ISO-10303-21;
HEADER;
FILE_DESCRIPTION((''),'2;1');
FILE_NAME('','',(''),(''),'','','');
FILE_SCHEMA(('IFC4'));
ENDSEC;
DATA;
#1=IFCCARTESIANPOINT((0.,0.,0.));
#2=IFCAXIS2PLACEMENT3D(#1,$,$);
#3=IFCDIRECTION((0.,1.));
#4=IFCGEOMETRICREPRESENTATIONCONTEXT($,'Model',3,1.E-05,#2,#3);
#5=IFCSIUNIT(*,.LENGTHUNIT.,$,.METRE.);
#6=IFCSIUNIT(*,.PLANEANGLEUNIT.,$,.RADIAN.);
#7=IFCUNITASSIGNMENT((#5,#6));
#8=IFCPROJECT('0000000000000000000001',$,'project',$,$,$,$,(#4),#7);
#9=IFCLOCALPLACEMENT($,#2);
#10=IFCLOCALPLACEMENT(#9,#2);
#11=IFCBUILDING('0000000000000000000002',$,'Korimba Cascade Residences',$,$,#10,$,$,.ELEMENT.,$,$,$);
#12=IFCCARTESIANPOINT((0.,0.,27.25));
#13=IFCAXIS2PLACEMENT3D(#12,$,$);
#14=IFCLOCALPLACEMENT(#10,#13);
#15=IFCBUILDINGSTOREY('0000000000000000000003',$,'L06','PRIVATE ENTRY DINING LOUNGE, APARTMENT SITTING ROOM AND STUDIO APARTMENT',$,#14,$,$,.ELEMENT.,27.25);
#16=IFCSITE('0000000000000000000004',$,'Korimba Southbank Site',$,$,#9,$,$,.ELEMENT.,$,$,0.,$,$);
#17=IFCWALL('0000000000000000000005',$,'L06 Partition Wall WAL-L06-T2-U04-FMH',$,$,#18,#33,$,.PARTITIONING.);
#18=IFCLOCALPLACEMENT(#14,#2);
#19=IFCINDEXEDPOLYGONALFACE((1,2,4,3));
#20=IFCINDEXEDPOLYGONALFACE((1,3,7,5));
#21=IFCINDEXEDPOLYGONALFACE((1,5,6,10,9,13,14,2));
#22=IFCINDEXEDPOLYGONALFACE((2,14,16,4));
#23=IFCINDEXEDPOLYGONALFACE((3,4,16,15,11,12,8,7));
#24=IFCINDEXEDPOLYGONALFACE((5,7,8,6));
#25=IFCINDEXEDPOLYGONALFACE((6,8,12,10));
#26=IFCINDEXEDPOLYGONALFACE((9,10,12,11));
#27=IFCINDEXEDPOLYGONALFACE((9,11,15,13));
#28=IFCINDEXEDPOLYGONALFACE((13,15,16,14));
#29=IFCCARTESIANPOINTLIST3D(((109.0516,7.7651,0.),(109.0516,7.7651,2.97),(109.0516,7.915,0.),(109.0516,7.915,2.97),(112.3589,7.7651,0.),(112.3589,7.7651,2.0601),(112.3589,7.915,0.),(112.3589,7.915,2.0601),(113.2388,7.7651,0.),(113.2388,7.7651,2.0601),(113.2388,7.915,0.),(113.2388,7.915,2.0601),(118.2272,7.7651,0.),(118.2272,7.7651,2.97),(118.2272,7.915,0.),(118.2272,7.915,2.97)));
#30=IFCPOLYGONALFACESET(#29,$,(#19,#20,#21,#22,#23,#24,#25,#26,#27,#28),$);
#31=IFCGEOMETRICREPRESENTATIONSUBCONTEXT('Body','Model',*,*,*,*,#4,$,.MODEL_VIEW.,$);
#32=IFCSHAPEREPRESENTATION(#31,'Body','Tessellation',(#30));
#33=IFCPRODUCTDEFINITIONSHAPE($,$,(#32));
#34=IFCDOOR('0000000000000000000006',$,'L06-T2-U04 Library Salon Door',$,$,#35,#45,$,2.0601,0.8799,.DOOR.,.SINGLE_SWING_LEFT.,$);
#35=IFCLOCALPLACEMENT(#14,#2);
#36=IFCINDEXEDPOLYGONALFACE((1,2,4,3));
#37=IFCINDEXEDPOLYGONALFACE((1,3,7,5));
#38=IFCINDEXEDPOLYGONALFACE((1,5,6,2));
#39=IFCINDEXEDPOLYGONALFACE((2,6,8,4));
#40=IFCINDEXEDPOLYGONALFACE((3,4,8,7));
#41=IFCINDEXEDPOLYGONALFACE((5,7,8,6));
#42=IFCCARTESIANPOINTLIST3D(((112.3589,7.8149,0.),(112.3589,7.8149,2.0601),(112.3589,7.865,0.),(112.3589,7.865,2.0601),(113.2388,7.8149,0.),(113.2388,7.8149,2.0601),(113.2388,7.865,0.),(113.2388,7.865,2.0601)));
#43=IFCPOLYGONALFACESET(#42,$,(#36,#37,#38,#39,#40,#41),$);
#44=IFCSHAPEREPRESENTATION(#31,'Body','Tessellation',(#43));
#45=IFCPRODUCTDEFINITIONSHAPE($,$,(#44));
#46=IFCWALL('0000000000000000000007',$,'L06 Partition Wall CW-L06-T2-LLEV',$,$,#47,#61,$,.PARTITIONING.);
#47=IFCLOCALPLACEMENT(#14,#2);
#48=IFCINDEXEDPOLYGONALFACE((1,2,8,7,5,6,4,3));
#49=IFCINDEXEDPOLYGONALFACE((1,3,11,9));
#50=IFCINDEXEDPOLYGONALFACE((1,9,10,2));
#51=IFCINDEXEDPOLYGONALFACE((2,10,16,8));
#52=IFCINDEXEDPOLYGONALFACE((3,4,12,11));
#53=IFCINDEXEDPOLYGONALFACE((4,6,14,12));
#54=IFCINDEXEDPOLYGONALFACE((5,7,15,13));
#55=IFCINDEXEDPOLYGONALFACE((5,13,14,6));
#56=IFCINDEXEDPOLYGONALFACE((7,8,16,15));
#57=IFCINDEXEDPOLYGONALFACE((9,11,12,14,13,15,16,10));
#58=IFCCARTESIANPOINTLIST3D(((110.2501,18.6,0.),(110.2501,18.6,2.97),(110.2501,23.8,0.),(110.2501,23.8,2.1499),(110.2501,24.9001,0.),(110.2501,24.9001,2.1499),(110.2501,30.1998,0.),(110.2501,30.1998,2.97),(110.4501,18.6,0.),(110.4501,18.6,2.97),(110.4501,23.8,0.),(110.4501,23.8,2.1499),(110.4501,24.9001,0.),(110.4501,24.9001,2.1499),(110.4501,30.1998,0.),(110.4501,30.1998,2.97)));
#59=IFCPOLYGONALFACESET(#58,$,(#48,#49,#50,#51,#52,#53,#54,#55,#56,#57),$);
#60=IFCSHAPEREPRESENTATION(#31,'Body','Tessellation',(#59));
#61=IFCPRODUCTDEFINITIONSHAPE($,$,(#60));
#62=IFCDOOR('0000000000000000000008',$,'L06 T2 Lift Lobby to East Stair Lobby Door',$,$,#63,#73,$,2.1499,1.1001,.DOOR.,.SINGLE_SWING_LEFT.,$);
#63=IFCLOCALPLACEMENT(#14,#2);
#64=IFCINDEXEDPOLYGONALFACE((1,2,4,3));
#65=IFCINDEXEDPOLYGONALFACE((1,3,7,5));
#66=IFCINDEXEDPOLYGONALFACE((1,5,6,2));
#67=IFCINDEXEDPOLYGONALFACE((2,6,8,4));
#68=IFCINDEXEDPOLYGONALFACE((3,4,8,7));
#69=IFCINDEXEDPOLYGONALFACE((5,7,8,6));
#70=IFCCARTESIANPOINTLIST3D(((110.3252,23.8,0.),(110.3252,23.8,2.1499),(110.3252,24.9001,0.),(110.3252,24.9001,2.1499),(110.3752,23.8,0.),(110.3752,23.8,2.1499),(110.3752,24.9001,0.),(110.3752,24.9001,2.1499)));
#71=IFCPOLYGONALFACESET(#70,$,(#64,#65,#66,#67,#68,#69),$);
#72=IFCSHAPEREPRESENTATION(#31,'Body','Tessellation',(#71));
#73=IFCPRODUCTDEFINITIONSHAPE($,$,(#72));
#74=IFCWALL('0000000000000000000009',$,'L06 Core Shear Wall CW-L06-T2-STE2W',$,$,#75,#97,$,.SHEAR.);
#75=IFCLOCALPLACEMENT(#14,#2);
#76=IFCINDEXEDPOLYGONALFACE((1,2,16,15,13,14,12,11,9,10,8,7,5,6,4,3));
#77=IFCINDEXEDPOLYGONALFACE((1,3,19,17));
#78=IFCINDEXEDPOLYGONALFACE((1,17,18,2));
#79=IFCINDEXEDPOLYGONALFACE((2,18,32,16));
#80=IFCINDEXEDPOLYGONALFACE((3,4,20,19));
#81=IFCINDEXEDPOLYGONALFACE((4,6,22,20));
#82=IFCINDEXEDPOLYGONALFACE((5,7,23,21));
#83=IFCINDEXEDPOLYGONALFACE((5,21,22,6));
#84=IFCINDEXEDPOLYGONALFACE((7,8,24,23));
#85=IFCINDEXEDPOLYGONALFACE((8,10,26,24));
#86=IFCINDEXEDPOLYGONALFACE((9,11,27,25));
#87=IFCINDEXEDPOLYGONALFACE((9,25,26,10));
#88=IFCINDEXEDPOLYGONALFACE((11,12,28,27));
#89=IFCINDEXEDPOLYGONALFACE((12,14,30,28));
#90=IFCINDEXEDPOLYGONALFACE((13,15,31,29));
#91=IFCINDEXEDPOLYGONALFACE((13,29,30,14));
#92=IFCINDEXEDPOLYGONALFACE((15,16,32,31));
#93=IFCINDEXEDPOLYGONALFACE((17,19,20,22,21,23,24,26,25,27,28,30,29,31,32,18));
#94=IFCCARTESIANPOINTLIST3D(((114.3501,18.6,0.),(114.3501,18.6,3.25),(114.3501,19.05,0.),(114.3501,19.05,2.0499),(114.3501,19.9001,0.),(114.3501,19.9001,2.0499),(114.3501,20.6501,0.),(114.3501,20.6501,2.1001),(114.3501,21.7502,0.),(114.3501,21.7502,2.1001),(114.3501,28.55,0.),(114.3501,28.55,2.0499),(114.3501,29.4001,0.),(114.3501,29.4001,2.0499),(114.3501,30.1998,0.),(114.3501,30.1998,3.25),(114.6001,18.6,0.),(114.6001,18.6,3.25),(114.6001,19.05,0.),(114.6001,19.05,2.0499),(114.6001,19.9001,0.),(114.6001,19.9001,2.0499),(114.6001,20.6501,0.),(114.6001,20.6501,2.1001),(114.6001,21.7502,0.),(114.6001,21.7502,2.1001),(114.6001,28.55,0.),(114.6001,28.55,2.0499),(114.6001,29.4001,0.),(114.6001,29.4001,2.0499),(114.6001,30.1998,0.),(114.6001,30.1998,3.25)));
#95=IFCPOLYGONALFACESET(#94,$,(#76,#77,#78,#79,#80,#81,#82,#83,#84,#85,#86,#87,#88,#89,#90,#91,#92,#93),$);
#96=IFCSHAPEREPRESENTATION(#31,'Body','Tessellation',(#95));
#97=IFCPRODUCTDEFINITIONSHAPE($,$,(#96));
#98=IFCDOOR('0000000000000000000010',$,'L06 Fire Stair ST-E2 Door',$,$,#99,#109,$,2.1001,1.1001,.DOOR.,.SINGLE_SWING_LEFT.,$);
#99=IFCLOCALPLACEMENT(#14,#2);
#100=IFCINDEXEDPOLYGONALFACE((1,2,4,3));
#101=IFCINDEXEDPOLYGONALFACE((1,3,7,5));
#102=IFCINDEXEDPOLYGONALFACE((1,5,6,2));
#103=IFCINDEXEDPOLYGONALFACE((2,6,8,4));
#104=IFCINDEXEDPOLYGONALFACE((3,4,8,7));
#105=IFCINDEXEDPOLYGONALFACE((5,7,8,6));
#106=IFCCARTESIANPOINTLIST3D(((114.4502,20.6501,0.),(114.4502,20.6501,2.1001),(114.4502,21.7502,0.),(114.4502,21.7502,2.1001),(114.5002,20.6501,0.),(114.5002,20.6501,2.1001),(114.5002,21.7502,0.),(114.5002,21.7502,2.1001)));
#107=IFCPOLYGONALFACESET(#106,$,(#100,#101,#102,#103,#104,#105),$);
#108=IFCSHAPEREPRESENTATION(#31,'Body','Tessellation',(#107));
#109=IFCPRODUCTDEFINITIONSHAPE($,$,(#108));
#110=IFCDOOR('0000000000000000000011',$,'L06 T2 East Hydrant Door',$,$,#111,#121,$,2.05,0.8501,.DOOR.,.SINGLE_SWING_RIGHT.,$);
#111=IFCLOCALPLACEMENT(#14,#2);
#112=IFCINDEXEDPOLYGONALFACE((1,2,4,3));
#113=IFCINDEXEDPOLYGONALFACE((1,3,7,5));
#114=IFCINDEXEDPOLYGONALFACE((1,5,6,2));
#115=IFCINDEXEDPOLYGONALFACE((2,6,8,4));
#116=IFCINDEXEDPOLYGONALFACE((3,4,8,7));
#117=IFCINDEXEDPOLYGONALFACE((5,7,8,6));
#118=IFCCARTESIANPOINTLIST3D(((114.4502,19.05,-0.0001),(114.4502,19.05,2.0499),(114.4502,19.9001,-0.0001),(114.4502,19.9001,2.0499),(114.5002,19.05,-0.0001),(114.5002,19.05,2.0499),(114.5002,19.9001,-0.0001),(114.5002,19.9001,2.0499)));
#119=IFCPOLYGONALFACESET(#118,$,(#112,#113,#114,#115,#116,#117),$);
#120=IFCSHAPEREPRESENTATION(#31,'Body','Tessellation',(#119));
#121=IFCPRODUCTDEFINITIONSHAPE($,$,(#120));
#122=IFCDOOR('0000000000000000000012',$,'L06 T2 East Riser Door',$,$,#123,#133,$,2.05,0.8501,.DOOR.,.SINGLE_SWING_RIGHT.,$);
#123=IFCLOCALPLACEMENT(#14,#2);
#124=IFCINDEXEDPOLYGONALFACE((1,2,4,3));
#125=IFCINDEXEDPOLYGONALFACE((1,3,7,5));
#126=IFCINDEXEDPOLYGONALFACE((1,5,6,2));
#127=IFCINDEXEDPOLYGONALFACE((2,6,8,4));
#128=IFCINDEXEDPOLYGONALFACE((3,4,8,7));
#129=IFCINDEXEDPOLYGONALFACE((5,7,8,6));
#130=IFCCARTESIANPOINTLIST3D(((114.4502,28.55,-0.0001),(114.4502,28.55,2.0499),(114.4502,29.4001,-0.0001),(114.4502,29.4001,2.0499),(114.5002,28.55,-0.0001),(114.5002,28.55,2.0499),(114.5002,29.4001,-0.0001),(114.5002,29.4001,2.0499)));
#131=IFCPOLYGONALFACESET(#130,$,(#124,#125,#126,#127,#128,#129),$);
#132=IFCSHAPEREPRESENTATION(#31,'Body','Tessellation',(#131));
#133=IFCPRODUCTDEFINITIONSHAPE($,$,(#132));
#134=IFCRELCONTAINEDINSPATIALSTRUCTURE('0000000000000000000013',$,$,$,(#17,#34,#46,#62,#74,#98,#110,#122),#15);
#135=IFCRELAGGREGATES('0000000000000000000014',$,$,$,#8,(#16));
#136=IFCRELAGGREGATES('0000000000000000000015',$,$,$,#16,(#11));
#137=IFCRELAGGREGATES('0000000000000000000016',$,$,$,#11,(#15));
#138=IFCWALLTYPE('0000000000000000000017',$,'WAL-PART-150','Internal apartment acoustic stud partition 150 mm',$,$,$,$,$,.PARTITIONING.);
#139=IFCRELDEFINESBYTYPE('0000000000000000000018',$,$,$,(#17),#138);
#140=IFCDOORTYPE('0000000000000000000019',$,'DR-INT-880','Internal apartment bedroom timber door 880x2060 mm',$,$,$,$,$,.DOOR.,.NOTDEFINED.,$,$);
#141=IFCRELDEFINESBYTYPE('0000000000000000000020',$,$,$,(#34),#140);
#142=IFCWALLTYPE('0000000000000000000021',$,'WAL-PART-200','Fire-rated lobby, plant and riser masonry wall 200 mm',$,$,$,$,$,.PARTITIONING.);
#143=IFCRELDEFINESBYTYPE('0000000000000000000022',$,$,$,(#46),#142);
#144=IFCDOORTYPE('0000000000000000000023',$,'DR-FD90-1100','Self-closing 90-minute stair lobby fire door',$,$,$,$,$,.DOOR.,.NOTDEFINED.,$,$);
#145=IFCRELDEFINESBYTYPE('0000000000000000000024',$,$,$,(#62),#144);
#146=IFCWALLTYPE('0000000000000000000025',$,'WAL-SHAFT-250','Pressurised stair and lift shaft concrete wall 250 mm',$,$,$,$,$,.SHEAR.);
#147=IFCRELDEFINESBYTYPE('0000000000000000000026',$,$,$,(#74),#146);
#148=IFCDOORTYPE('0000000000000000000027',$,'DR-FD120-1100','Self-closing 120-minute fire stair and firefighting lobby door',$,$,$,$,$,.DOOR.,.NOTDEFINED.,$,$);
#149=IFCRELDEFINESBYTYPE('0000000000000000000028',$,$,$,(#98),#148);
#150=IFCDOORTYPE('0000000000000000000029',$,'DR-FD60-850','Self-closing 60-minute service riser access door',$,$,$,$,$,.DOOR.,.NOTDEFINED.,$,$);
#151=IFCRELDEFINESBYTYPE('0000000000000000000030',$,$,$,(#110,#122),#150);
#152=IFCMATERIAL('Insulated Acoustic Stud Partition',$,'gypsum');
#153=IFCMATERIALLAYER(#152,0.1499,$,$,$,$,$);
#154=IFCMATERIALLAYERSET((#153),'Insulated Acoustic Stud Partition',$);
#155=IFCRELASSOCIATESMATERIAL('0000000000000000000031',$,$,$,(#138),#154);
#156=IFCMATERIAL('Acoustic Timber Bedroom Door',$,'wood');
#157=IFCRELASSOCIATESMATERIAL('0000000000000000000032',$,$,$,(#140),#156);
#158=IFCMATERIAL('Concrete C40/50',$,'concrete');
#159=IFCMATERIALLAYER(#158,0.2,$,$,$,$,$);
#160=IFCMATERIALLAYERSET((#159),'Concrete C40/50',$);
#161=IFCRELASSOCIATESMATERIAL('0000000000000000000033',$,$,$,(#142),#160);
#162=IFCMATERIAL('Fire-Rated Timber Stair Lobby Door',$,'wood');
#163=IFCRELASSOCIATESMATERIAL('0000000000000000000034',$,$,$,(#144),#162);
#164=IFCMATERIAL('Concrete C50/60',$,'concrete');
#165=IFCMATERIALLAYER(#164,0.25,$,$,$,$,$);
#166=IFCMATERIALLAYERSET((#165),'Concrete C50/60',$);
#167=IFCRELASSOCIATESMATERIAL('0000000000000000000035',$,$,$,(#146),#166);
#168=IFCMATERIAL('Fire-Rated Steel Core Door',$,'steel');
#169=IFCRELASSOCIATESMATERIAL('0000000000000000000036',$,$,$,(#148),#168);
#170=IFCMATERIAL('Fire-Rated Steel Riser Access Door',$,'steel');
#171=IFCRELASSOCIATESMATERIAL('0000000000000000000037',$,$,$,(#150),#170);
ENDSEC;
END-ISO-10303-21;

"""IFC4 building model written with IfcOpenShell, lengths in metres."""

from ifc_helpers import new_model, si_unit, direction, frame, frame_2d, origin, place, context, subcontext, project, spatial, rectangle, extrude, material, layer, layer_set, type_object, element, fill, save


model = new_model("IFC4")

# Units and contexts
model_context = context("Model", 3, precision=1e-05, world=origin(), true_north=direction((0.0, 1.0)))
body_context = subcontext(model_context, "Body", "Model", "MODEL_VIEW")
ifc_project = project(units=[si_unit("LENGTHUNIT", "METRE"), si_unit("PLANEANGLEUNIT", "RADIAN")], contexts=[model_context])

# Site, building, storey
site_placement = place(None, origin())
site = spatial("IfcSite", under=ifc_project, at=site_placement, Name="Korimba Southbank Site", CompositionType="ELEMENT", RefElevation=0.0)
building_placement = place(site_placement, origin())
building = spatial("IfcBuilding", under=site, at=building_placement, Name="Korimba Cascade Residences", CompositionType="ELEMENT")
storey_placement = place(building_placement, frame((0.0, 0.0, 27.25)))
storey = spatial("IfcBuildingStorey", under=building, at=storey_placement, Name="L06", Description="PRIVATE ENTRY DINING LOUNGE, APARTMENT SITTING ROOM AND STUDIO APARTMENT", CompositionType="ELEMENT", Elevation=27.25)

# Shared definitions
ifc_material_1 = material(Name="Concrete C50/60", Category="concrete")

# Shared definitions
ifc_material_2 = material(Name="Insulated Acoustic Stud Partition", Category="gypsum")
ifc_layer_1 = layer(ifc_material_2, 0.1499)
ifc_layer_set_1 = layer_set([ifc_layer_1], Name="Insulated Acoustic Stud Partition")
wall_type_1 = type_object("IfcWallType", Name="WAL-PART-150", Description="Internal apartment acoustic stud partition 150 mm", PredefinedType="PARTITIONING", material=ifc_layer_set_1)

# Walls, openings, doors
ifc_material_3 = material(Name="Acoustic Timber Bedroom Door", Category="wood")
door_type_1 = type_object("IfcDoorType", Name="DR-INT-880", Description="Internal apartment bedroom timber door 880x2060 mm", OperationType="NOTDEFINED", PredefinedType="DOOR", material=ifc_material_3)
wall_1_placement = place(storey_placement, frame((109.0515, 7.8401, 0.0), z_axis=(0.0, 0.0, 1.0), x_axis=(1.0, 0.0, 0.0)))
wall_1 = element("IfcWall", 1, at=wall_1_placement, inside=storey, type_object=wall_type_1, Name="L06 Partition Wall WAL-L06-T2-U04-FMH", PredefinedType="PARTITIONING", context=body_context, shape_type="SweptSolid", body=[
    extrude(rectangle(XDim=9.1755, YDim=0.1499, at=frame_2d((4.5879, 0.0))), origin(), (0.0, 0.0, 1.0), 2.97),
])
opening_1_placement = place(wall_1_placement, frame((3.3074, 0.0, 0.0)))
opening_1 = element("IfcOpeningElement", 2, at=opening_1_placement, cuts=wall_1, PredefinedType="OPENING", context=body_context, shape_type="SweptSolid", body=[
    extrude(rectangle(XDim=0.8799, YDim=2.0601, at=frame_2d((0.4399, 1.03))), frame((0.0, 0.085, 0.0), z_axis=(0.0, -1.0, 0.0), x_axis=(1.0, 0.0, 0.0)), (0.0, 0.0, 1.0), 0.1699),
])
door_1_placement = place(opening_1_placement, origin())
door_1 = element("IfcDoor", 3, at=door_1_placement, inside=storey, type_object=door_type_1, Name="L06-T2-U04 Library Salon Door", OperationType="SINGLE_SWING_LEFT", OverallHeight=2.0601, OverallWidth=0.8799, PredefinedType="DOOR", context=body_context, shape_type="SweptSolid", body=[
    extrude(rectangle(XDim=0.8799, YDim=2.0601, at=frame_2d((0.4399, 1.03))), frame((0.0, 0.0249, 0.0), z_axis=(0.0, -1.0, 0.0), x_axis=(1.0, 0.0, 0.0)), (0.0, 0.0, 1.0), 0.05),
])
fill(opening_1, door_1)
ifc_material_4 = material(Name="Concrete C40/50", Category="concrete")
ifc_layer_2 = layer(ifc_material_4, 0.2)
ifc_layer_set_2 = layer_set([ifc_layer_2], Name="Concrete C40/50")
wall_type_2 = type_object("IfcWallType", Name="WAL-PART-200", Description="Fire-rated lobby, plant and riser masonry wall 200 mm", PredefinedType="PARTITIONING", material=ifc_layer_set_2)
wall_2_placement = place(storey_placement, frame((110.3501, 18.6001, 0.0), z_axis=(0.0, 0.0, 1.0), x_axis=(0.0, 1.0, 0.0)))
wall_2 = element("IfcWall", 4, at=wall_2_placement, inside=storey, type_object=wall_type_2, Name="L06 Partition Wall CW-L06-T2-LLEV", PredefinedType="PARTITIONING", context=body_context, shape_type="SweptSolid", body=[
    extrude(rectangle(XDim=11.5999, YDim=0.2, at=frame_2d((5.7998, 0.0))), origin(), (0.0, 0.0, 1.0), 2.97),
])
opening_2_placement = place(wall_2_placement, frame((5.2, 0.0, 0.0)))
opening_2 = element("IfcOpeningElement", 5, at=opening_2_placement, cuts=wall_2, PredefinedType="OPENING", context=body_context, shape_type="SweptSolid", body=[
    extrude(rectangle(XDim=1.1001, YDim=2.1499, at=frame_2d((0.55, 1.075))), frame((0.0, 0.1099, 0.0), z_axis=(0.0, -1.0, 0.0), x_axis=(1.0, 0.0, 0.0)), (0.0, 0.0, 1.0), 0.22),
])
ifc_material_5 = material(Name="Fire-Rated Timber Stair Lobby Door", Category="wood")
door_type_2 = type_object("IfcDoorType", Name="DR-FD90-1100", Description="Self-closing 90-minute stair lobby fire door", OperationType="NOTDEFINED", PredefinedType="DOOR", material=ifc_material_5)
door_2_placement = place(opening_2_placement, origin())
door_2 = element("IfcDoor", 6, at=door_2_placement, inside=storey, type_object=door_type_2, Name="L06 T2 Lift Lobby to East Stair Lobby Door", OperationType="SINGLE_SWING_LEFT", OverallHeight=2.1499, OverallWidth=1.1001, PredefinedType="DOOR", context=body_context, shape_type="SweptSolid", body=[
    extrude(rectangle(XDim=1.1001, YDim=2.1499, at=frame_2d((0.55, 1.075))), frame((0.0, 0.0249, 0.0), z_axis=(0.0, -1.0, 0.0), x_axis=(1.0, 0.0, 0.0)), (0.0, 0.0, 1.0), 0.05),
])
fill(opening_2, door_2)

# Wall, openings, doors
ifc_layer_3 = layer(ifc_material_1, 0.25)
ifc_layer_set_3 = layer_set([ifc_layer_3], Name="Concrete C50/60")
wall_type_3 = type_object("IfcWallType", Name="WAL-SHAFT-250", Description="Pressurised stair and lift shaft concrete wall 250 mm", PredefinedType="SHEAR", material=ifc_layer_set_3)
wall_3_placement = place(storey_placement, frame((114.4751, 18.6001, 0.0), z_axis=(0.0, 0.0, 1.0), x_axis=(0.0, 1.0, 0.0)))
wall_3 = element("IfcWall", 7, at=wall_3_placement, inside=storey, type_object=wall_type_3, Name="L06 Core Shear Wall CW-L06-T2-STE2W", PredefinedType="SHEAR", context=body_context, shape_type="SweptSolid", body=[
    extrude(rectangle(XDim=11.5999, YDim=0.25, at=frame_2d((5.7998, 0.0))), origin(), (0.0, 0.0, 1.0), 3.25),
])
opening_3_placement = place(wall_3_placement, frame((0.45, 0.0, 0.0)))
opening_3 = element("IfcOpeningElement", 8, at=opening_3_placement, cuts=wall_3, PredefinedType="OPENING", context=body_context, shape_type="SweptSolid", body=[
    extrude(rectangle(XDim=0.8501, YDim=2.05, at=frame_2d((0.425, 1.0249))), frame((0.0, 0.135, 0.0), z_axis=(0.0, -1.0, 0.0), x_axis=(1.0, 0.0, 0.0)), (0.0, 0.0, 1.0), 0.27),
])
opening_4_placement = place(wall_3_placement, frame((2.05, 0.0, 0.0)))
opening_4 = element("IfcOpeningElement", 9, at=opening_4_placement, cuts=wall_3, PredefinedType="OPENING", context=body_context, shape_type="SweptSolid", body=[
    extrude(rectangle(XDim=1.1001, YDim=2.1001, at=frame_2d((0.55, 1.05))), frame((0.0, 0.135, 0.0), z_axis=(0.0, -1.0, 0.0), x_axis=(1.0, 0.0, 0.0)), (0.0, 0.0, 1.0), 0.27),
])
opening_5_placement = place(wall_3_placement, frame((9.95, 0.0, 0.0)))
opening_5 = element("IfcOpeningElement", 10, at=opening_5_placement, cuts=wall_3, PredefinedType="OPENING", context=body_context, shape_type="SweptSolid", body=[
    extrude(rectangle(XDim=0.8501, YDim=2.05, at=frame_2d((0.425, 1.0249))), frame((0.0, 0.135, 0.0), z_axis=(0.0, -1.0, 0.0), x_axis=(1.0, 0.0, 0.0)), (0.0, 0.0, 1.0), 0.27),
])
ifc_material_6 = material(Name="Fire-Rated Steel Core Door", Category="steel")
door_type_3 = type_object("IfcDoorType", Name="DR-FD120-1100", Description="Self-closing 120-minute fire stair and firefighting lobby door", OperationType="NOTDEFINED", PredefinedType="DOOR", material=ifc_material_6)
door_3_placement = place(opening_4_placement, origin())
door_3 = element("IfcDoor", 11, at=door_3_placement, inside=storey, type_object=door_type_3, Name="L06 Fire Stair ST-E2 Door", OperationType="SINGLE_SWING_LEFT", OverallHeight=2.1001, OverallWidth=1.1001, PredefinedType="DOOR", context=body_context, shape_type="SweptSolid", body=[
    extrude(rectangle(XDim=1.1001, YDim=2.1001, at=frame_2d((0.55, 1.05))), frame((0.0, 0.0249, 0.0), z_axis=(0.0, -1.0, 0.0), x_axis=(1.0, 0.0, 0.0)), (0.0, 0.0, 1.0), 0.05),
])
fill(opening_4, door_3)
ifc_material_7 = material(Name="Fire-Rated Steel Riser Access Door", Category="steel")
door_type_4 = type_object("IfcDoorType", Name="DR-FD60-850", Description="Self-closing 60-minute service riser access door", OperationType="NOTDEFINED", PredefinedType="DOOR", material=ifc_material_7)
door_4_placement = place(opening_3_placement, origin())
door_4 = element("IfcDoor", 12, at=door_4_placement, inside=storey, type_object=door_type_4, Name="L06 T2 East Hydrant Door", OperationType="SINGLE_SWING_RIGHT", OverallHeight=2.05, OverallWidth=0.8501, PredefinedType="DOOR", context=body_context, shape_type="SweptSolid", body=[
    extrude(rectangle(XDim=0.8501, YDim=2.05, at=frame_2d((0.425, 1.0249))), frame((0.0, 0.0249, 0.0), z_axis=(0.0, -1.0, 0.0), x_axis=(1.0, 0.0, 0.0)), (0.0, 0.0, 1.0), 0.05),
])
fill(opening_3, door_4)
door_5_placement = place(opening_5_placement, origin())
door_5 = element("IfcDoor", 13, at=door_5_placement, inside=storey, type_object=door_type_4, Name="L06 T2 East Riser Door", OperationType="SINGLE_SWING_RIGHT", OverallHeight=2.05, OverallWidth=0.8501, PredefinedType="DOOR", context=body_context, shape_type="SweptSolid", body=[
    extrude(rectangle(XDim=0.8501, YDim=2.05, at=frame_2d((0.425, 1.0249))), frame((0.0, 0.0249, 0.0), z_axis=(0.0, -1.0, 0.0), x_axis=(1.0, 0.0, 0.0)), (0.0, 0.0, 1.0), 0.05),
])
fill(opening_5, door_5)

save(model, "model.ifc")
